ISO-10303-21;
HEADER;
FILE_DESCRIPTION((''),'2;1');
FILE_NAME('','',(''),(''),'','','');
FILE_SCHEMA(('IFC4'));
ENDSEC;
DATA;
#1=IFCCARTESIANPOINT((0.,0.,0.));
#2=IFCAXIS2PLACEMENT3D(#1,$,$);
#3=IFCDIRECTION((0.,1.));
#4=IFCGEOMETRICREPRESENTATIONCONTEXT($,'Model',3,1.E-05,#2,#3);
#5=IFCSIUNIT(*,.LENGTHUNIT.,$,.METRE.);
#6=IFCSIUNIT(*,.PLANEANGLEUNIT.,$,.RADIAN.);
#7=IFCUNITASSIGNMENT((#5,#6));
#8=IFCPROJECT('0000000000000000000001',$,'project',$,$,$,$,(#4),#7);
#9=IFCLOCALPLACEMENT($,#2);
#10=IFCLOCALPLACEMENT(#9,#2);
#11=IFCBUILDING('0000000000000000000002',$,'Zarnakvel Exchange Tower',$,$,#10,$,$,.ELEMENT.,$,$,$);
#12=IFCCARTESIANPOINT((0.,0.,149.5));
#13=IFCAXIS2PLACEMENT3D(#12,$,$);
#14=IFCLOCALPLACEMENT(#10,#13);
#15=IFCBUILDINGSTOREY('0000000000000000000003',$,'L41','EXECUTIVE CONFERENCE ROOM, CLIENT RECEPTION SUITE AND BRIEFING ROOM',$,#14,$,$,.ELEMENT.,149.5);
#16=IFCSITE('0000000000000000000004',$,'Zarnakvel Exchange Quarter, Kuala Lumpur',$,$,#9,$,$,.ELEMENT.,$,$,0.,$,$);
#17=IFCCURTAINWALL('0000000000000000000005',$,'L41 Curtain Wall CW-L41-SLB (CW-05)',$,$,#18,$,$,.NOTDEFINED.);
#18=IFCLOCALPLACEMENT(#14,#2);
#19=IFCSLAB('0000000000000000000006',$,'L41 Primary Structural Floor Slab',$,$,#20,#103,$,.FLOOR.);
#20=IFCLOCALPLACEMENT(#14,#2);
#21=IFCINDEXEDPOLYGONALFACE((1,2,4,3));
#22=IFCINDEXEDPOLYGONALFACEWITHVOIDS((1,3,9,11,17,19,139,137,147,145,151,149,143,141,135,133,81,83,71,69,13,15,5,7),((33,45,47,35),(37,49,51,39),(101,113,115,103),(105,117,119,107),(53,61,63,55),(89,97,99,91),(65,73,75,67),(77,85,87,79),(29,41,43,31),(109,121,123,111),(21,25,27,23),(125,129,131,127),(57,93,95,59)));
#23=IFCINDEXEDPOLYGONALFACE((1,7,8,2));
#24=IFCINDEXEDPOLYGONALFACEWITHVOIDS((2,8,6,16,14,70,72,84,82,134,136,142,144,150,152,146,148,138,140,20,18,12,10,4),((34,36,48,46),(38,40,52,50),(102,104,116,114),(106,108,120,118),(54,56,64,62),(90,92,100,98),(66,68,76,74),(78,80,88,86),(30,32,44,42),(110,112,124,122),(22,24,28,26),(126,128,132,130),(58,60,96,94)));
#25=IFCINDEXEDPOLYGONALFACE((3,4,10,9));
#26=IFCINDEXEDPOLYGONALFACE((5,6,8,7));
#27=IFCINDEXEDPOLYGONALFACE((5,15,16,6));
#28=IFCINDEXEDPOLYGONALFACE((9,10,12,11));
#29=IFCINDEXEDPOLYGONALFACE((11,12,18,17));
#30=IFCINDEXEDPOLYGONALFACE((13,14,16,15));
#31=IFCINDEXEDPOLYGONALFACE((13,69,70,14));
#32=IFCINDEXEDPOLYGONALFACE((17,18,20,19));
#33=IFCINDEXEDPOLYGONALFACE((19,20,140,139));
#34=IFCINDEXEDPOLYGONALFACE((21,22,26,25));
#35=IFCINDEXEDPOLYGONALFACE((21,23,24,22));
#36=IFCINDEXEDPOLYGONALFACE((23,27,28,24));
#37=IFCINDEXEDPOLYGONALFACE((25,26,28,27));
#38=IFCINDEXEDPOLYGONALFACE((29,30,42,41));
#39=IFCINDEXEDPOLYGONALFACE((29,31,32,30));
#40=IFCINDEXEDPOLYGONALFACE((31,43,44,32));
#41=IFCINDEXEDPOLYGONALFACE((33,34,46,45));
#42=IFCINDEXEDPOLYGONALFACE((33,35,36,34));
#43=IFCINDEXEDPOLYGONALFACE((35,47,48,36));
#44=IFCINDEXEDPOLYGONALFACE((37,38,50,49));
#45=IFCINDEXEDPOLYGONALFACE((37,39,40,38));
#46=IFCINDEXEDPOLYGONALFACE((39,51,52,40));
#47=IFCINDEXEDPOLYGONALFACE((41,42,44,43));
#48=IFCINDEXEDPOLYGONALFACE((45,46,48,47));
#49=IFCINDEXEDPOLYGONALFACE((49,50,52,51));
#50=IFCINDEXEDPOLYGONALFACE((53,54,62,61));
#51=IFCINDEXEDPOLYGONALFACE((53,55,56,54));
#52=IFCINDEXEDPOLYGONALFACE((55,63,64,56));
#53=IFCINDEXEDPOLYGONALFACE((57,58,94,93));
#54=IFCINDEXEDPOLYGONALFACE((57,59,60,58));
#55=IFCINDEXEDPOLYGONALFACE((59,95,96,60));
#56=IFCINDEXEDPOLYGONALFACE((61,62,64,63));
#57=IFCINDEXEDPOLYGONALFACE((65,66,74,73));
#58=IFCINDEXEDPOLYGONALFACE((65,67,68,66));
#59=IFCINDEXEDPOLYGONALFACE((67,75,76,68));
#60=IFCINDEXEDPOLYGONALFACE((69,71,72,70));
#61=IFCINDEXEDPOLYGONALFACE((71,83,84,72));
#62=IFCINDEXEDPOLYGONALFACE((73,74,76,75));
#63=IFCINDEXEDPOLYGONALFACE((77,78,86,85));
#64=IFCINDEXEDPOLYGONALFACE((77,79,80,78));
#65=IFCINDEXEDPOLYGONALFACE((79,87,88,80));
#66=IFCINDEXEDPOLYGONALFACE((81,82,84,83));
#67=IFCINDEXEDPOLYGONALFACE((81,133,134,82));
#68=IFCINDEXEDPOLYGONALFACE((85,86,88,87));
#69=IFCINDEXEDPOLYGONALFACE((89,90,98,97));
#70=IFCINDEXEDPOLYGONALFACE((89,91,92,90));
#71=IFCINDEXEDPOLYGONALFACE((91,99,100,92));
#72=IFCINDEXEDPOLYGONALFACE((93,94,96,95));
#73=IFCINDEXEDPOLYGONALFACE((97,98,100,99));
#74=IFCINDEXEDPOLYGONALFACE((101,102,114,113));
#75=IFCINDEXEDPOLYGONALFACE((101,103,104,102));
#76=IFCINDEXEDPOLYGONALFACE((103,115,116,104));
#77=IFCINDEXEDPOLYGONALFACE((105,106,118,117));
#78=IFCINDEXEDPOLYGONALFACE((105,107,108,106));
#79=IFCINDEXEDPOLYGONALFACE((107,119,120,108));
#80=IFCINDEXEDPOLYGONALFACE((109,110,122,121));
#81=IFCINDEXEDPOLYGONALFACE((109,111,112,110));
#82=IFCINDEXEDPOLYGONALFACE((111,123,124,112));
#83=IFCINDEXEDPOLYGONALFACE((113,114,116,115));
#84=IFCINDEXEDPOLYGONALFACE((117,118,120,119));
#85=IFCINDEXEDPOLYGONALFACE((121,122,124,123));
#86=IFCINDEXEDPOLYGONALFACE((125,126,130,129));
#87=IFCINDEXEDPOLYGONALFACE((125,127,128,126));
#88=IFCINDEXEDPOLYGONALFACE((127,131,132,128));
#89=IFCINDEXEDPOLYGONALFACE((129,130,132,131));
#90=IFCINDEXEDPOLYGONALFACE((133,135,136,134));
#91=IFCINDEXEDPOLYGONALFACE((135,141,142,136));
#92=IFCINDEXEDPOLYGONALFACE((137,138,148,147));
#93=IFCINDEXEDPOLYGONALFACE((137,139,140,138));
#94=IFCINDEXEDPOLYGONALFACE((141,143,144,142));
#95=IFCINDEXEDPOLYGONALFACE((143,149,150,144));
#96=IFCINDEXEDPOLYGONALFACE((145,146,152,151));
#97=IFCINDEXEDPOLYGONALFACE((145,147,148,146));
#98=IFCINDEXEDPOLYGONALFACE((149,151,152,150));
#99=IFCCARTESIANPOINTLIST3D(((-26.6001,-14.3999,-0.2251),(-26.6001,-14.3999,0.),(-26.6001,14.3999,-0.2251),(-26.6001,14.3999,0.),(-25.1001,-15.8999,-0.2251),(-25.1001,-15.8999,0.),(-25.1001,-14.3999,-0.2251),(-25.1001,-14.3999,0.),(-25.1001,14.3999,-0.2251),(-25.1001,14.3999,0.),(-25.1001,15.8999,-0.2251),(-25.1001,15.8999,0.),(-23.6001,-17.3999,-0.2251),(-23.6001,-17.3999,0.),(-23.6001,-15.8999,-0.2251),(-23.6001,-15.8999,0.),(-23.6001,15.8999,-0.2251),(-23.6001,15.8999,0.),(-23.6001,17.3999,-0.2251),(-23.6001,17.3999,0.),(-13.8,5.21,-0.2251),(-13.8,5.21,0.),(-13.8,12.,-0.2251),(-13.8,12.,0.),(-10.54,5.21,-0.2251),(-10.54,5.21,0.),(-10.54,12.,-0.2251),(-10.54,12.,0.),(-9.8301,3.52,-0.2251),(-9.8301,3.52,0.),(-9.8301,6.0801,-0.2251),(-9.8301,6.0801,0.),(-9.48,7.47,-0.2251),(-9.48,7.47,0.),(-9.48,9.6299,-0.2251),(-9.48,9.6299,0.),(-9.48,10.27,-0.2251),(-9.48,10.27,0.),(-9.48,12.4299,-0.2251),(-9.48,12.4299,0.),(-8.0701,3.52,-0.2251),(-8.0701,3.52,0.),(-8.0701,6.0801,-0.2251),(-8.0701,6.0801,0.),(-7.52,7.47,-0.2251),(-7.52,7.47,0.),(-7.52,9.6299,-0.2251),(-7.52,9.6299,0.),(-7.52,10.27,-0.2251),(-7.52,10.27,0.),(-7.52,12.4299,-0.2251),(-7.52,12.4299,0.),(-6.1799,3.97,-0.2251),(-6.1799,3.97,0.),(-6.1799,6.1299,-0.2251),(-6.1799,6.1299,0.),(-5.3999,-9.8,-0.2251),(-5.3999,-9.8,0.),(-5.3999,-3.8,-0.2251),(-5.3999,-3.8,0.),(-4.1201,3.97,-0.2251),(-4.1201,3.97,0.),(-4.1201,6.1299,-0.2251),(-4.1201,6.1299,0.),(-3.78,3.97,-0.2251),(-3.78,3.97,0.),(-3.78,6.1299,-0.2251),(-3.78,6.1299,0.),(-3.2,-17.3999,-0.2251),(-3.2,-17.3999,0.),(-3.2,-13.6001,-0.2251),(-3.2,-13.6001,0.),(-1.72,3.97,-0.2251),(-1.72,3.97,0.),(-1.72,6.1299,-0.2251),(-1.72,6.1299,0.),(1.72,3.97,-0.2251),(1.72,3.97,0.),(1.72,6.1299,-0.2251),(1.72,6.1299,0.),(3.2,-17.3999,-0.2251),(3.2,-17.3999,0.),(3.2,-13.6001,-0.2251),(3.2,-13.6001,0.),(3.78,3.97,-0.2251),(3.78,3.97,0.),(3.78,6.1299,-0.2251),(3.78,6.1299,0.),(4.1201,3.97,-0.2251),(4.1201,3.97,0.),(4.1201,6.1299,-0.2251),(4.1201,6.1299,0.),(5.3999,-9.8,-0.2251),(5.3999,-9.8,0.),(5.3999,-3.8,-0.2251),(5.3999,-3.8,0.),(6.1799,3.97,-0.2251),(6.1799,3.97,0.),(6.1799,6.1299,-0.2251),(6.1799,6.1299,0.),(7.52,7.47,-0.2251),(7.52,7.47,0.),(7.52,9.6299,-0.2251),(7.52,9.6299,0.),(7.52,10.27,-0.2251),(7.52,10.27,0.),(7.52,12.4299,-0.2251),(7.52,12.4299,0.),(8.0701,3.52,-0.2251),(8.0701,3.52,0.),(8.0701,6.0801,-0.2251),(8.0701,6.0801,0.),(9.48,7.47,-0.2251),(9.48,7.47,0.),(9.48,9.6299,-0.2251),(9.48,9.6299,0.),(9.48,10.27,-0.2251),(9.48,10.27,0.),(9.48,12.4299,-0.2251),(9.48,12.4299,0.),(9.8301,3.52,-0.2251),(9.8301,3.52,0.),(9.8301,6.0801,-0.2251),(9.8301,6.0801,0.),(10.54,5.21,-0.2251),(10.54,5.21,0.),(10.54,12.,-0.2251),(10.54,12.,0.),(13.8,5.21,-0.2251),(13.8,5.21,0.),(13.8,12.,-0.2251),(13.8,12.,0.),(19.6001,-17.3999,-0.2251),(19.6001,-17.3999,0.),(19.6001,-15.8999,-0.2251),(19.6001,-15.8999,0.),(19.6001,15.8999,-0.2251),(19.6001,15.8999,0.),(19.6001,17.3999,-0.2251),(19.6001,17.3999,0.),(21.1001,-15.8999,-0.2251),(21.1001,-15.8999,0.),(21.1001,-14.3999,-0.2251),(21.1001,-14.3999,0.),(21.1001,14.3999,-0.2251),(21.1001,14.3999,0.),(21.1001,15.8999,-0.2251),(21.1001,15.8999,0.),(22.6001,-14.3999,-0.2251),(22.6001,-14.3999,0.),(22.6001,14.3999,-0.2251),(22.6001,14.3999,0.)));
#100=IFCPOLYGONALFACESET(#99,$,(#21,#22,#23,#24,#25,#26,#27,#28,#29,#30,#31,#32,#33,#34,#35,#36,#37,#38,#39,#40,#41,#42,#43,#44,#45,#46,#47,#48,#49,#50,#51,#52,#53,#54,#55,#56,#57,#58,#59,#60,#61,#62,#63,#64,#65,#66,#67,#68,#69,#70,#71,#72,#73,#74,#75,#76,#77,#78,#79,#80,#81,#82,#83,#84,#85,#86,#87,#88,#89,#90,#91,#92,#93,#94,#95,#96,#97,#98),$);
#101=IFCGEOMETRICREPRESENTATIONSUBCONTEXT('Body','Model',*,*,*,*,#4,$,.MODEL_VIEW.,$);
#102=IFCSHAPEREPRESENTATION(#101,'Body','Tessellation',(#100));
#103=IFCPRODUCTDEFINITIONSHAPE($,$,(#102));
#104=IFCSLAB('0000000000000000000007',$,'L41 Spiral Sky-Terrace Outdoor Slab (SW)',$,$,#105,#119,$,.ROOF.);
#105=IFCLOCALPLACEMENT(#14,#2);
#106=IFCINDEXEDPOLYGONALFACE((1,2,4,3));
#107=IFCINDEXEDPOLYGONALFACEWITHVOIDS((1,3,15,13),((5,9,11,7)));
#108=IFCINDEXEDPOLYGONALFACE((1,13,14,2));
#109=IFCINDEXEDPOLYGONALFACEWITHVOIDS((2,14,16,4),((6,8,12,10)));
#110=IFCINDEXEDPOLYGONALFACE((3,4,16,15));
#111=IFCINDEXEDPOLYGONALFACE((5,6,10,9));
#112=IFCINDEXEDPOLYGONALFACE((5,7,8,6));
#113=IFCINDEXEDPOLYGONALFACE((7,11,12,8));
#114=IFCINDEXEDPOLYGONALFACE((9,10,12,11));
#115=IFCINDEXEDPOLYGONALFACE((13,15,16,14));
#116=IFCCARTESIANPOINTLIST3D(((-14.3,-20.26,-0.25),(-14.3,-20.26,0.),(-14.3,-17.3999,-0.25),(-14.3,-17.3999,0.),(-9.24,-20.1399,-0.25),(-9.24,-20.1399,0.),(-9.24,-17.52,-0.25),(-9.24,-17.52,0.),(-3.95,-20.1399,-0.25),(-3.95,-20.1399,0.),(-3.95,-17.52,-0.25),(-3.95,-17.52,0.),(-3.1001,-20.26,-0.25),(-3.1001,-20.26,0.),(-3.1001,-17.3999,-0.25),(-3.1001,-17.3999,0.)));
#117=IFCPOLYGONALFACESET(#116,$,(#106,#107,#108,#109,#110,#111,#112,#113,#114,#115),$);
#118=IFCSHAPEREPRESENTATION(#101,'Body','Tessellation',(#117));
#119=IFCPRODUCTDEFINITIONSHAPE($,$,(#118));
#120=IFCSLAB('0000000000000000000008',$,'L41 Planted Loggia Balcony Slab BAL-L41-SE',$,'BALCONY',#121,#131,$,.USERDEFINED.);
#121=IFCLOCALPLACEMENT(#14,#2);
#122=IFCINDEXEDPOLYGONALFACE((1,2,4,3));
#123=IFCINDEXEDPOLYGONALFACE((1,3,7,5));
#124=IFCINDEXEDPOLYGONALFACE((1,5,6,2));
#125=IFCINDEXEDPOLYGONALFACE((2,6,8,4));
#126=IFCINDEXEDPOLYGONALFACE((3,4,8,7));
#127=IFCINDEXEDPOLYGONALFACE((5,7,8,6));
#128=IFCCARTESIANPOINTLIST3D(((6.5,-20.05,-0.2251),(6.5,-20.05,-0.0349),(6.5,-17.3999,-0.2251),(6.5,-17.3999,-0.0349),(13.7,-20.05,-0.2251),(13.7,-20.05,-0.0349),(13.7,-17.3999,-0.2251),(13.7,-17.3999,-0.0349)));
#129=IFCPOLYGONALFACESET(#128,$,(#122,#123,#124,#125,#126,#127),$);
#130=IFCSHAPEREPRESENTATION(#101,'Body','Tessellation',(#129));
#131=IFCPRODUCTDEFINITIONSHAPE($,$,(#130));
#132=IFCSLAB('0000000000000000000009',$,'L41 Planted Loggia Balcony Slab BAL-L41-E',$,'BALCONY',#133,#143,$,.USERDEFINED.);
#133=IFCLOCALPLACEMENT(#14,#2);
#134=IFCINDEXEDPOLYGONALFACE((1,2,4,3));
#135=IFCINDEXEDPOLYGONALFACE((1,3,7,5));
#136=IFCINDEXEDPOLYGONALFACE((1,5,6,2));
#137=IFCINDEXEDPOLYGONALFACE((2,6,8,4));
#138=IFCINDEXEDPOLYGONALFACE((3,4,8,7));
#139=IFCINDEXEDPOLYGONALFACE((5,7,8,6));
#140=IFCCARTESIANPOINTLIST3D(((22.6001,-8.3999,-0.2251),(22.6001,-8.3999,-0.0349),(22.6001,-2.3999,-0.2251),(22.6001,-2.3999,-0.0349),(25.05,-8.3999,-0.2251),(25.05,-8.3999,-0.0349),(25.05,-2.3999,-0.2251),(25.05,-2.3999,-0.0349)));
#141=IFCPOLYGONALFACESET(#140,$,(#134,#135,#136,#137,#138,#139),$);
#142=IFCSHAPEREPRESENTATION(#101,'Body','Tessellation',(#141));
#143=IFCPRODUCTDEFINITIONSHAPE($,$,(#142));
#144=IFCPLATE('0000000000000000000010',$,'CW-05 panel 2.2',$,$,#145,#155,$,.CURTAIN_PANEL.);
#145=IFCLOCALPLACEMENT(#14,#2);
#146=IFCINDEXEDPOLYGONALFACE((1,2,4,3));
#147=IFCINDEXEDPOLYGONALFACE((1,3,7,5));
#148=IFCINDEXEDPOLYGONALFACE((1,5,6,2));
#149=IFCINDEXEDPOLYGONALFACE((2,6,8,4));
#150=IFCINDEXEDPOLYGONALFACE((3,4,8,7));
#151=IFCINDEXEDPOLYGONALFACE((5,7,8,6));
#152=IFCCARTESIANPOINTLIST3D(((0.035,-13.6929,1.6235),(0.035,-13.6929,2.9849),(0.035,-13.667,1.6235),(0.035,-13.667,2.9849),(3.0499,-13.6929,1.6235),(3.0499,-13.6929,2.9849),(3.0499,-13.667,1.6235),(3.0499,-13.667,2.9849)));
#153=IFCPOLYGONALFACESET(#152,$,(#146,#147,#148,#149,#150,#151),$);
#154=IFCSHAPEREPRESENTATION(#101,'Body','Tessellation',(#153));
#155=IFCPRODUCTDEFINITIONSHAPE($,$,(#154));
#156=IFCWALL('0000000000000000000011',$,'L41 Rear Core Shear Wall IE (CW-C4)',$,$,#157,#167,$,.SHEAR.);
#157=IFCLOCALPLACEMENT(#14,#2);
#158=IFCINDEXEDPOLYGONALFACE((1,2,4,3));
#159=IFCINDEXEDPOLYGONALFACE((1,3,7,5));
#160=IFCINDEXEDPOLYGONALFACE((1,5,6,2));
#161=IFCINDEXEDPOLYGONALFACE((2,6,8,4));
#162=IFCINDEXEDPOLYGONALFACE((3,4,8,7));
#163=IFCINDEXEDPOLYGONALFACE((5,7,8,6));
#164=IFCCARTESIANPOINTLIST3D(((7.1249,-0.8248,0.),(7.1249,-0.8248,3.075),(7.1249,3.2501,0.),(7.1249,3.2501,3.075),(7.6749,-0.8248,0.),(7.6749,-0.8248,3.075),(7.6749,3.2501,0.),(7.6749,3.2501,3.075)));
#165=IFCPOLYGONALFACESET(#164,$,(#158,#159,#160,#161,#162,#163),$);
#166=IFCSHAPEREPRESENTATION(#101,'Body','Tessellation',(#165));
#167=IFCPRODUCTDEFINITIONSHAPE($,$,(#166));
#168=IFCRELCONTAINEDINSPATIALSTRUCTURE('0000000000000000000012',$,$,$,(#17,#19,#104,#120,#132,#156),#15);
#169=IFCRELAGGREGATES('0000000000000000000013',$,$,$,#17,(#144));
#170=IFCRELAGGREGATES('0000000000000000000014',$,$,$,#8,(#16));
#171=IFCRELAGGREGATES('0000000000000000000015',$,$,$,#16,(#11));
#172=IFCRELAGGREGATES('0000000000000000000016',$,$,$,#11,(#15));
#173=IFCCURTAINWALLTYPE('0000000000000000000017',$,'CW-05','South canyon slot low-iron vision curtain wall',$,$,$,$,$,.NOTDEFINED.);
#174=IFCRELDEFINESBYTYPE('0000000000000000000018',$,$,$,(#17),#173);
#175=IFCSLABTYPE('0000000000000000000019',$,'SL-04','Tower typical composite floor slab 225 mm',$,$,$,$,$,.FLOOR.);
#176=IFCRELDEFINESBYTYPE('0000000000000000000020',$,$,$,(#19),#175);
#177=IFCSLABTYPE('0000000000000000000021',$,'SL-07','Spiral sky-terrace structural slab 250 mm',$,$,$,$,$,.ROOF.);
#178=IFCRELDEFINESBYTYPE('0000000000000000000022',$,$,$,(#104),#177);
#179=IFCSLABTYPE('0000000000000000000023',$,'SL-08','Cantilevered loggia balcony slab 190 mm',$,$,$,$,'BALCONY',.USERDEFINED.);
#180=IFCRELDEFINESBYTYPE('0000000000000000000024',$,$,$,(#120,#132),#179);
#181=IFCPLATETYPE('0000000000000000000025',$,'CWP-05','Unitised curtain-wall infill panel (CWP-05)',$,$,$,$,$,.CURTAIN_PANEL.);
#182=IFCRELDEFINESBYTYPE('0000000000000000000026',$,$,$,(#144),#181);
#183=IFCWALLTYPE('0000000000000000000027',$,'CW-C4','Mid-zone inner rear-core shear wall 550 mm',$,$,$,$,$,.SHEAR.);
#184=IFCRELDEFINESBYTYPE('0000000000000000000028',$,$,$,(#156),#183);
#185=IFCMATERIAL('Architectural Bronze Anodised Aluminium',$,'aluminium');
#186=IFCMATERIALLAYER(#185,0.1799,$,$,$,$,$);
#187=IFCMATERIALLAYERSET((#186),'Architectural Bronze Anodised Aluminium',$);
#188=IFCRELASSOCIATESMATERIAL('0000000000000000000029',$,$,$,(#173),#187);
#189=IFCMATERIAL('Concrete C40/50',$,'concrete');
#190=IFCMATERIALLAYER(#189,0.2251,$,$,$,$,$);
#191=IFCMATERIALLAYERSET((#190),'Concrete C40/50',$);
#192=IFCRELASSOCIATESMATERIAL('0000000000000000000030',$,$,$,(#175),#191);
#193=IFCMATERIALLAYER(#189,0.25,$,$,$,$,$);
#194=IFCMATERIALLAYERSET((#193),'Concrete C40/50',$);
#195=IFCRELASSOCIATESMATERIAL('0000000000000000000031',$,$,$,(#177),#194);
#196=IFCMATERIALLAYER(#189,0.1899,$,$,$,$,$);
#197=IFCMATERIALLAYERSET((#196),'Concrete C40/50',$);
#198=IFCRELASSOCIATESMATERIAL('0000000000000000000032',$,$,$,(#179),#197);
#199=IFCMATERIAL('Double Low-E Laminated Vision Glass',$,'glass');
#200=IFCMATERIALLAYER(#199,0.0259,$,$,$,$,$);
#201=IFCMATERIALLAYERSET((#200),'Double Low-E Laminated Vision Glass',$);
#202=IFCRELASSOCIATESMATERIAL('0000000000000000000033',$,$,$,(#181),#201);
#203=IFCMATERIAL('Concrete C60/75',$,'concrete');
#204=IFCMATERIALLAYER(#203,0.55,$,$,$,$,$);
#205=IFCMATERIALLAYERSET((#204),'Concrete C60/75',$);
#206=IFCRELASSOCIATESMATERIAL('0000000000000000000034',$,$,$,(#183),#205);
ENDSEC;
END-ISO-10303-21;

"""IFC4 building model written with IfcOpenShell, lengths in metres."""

from ifc_helpers import new_model, si_unit, direction, frame, frame_2d, origin, origin_2d, place, context, subcontext, project, spatial, polyline, rectangle, outline, extrude, source, transform, mapped, material, layer, layer_set, type_object, element, aggregate, save


model = new_model("IFC4")

# Units and contexts
model_context = context("Model", 3, precision=1e-05, world=origin(), true_north=direction((0.0, 1.0)))
body_context = subcontext(model_context, "Body", "Model", "MODEL_VIEW")
ifc_project = project(units=[si_unit("LENGTHUNIT", "METRE"), si_unit("PLANEANGLEUNIT", "RADIAN")], contexts=[model_context])

# Site, building, storey
site_placement = place(None, origin())
site = spatial("IfcSite", under=ifc_project, at=site_placement, Name="Zarnakvel Exchange Quarter, Kuala Lumpur", CompositionType="ELEMENT", RefElevation=0.0)
building_placement = place(site_placement, origin())
building = spatial("IfcBuilding", under=site, at=building_placement, Name="Zarnakvel Exchange Tower", CompositionType="ELEMENT")
storey_placement = place(building_placement, frame((0.0, 0.0, 149.5)))
storey = spatial("IfcBuildingStorey", under=building, at=storey_placement, Name="L41", Description="EXECUTIVE CONFERENCE ROOM, CLIENT RECEPTION SUITE AND BRIEFING ROOM", CompositionType="ELEMENT", Elevation=149.5)

# Shared definitions
ifc_material_1 = material(Name="Concrete C60/75", Category="concrete")

# Curtain wall
ifc_material_2 = material(Name="Architectural Bronze Anodised Aluminium", Category="aluminium")
ifc_layer_1 = layer(ifc_material_2, 0.1799)
ifc_layer_set_1 = layer_set([ifc_layer_1], Name="Architectural Bronze Anodised Aluminium")
curtain_wall_type = type_object("IfcCurtainWallType", Name="CW-05", Description="South canyon slot low-iron vision curtain wall", PredefinedType="NOTDEFINED", material=ifc_layer_set_1)
curtain_wall_placement = place(storey_placement, origin())
curtain_wall = element("IfcCurtainWall", 1, at=curtain_wall_placement, inside=storey, type_object=curtain_wall_type, Name="L41 Curtain Wall CW-L41-SLB (CW-05)", PredefinedType="NOTDEFINED")

# Shared definitions
ifc_material_3 = material(Name="Concrete C40/50", Category="concrete")

# Slabs
ifc_layer_2 = layer(ifc_material_3, 0.2251)
ifc_layer_set_2 = layer_set([ifc_layer_2], Name="Concrete C40/50")
slab_type_1 = type_object("IfcSlabType", Name="SL-04", Description="Tower typical composite floor slab 225 mm", PredefinedType="FLOOR", material=ifc_layer_set_2)
slab_1_placement = place(storey_placement, frame((0.0, 0.0, -0.2251)))
element("IfcSlab", 2, at=slab_1_placement, inside=storey, type_object=slab_type_1, Name="L41 Primary Structural Floor Slab", PredefinedType="FLOOR", context=body_context, shape_type="SweptSolid", body=[
    extrude(outline(polyline([(-26.6001, -14.3999), (-25.1001, -14.3999), (-25.1001, -15.8999), (-23.6001, -15.8999), (-23.6001, -17.3999), (-3.2, -17.3999), (-3.2, -13.6001), (3.2, -13.6001), (3.2, -17.3999), (19.6001, -17.3999), (19.6001, -15.8999), (21.1001, -15.8999), (21.1001, -14.3999), (22.6001, -14.3999), (22.6001, 14.3999), (21.1001, 14.3999), (21.1001, 15.8999), (19.6001, 15.8999), (19.6001, 17.3999), (-23.6001, 17.3999), (-23.6001, 15.8999), (-25.1001, 15.8999), (-25.1001, 14.3999), (-26.6001, 14.3999), (-26.6001, -14.3999)]), holes=[polyline([(-5.3999, -9.8), (5.3999, -9.8), (5.3999, -3.8), (-5.3999, -3.8), (-5.3999, -9.8)]), polyline([(-13.8, 5.21), (-10.54, 5.21), (-10.54, 12.0), (-13.8, 12.0), (-13.8, 5.21)]), polyline([(10.54, 5.21), (13.8, 5.21), (13.8, 12.0), (10.54, 12.0), (10.54, 5.21)]), polyline([(-9.8301, 3.52), (-8.0701, 3.52), (-8.0701, 6.0801), (-9.8301, 6.0801), (-9.8301, 3.52)]), polyline([(8.0701, 3.52), (9.8301, 3.52), (9.8301, 6.0801), (8.0701, 6.0801), (8.0701, 3.52)]), polyline([(-6.1799, 3.97), (-4.1201, 3.97), (-4.1201, 6.1299), (-6.1799, 6.1299), (-6.1799, 3.97)]), polyline([(-3.78, 3.97), (-1.72, 3.97), (-1.72, 6.1299), (-3.78, 6.1299), (-3.78, 3.97)]), polyline([(1.72, 3.97), (3.78, 3.97), (3.78, 6.1299), (1.72, 6.1299), (1.72, 3.97)]), polyline([(4.1201, 3.97), (6.1799, 3.97), (6.1799, 6.1299), (4.1201, 6.1299), (4.1201, 3.97)]), polyline([(-9.48, 7.47), (-7.52, 7.47), (-7.52, 9.6299), (-9.48, 9.6299), (-9.48, 7.47)]), polyline([(-9.48, 10.27), (-7.52, 10.27), (-7.52, 12.4299), (-9.48, 12.4299), (-9.48, 10.27)]), polyline([(7.52, 7.47), (9.48, 7.47), (9.48, 9.6299), (7.52, 9.6299), (7.52, 7.47)]), polyline([(7.52, 10.27), (9.48, 10.27), (9.48, 12.4299), (7.52, 12.4299), (7.52, 10.27)])]), origin(), (0.0, 0.0, 1.0), 0.2251),
])
ifc_layer_3 = layer(ifc_material_3, 0.25)
ifc_layer_set_3 = layer_set([ifc_layer_3], Name="Concrete C40/50")
slab_type_2 = type_object("IfcSlabType", Name="SL-07", Description="Spiral sky-terrace structural slab 250 mm", PredefinedType="ROOF", material=ifc_layer_set_3)
slab_2_placement = place(storey_placement, frame((0.0, 0.0, -0.25)))
element("IfcSlab", 3, at=slab_2_placement, inside=storey, type_object=slab_type_2, Name="L41 Spiral Sky-Terrace Outdoor Slab (SW)", PredefinedType="ROOF", context=body_context, shape_type="SweptSolid", body=[
    extrude(outline(polyline([(-14.3, -20.26), (-3.1001, -20.26), (-3.1001, -17.3999), (-14.3, -17.3999), (-14.3, -20.26)]), holes=[polyline([(-9.24, -20.1399), (-3.95, -20.1399), (-3.95, -17.52), (-9.24, -17.52), (-9.24, -20.1399)])]), origin(), (0.0, 0.0, 1.0), 0.25),
])
ifc_layer_4 = layer(ifc_material_3, 0.1899)
ifc_layer_set_4 = layer_set([ifc_layer_4], Name="Concrete C40/50")
slab_type_3 = type_object("IfcSlabType", Name="SL-08", Description="Cantilevered loggia balcony slab 190 mm", ElementType="BALCONY", PredefinedType="USERDEFINED", material=ifc_layer_set_4)
slab_3_placement = place(storey_placement, frame((0.0, 0.0, -0.2251)))
element("IfcSlab", 4, at=slab_3_placement, inside=storey, type_object=slab_type_3, Name="L41 Planted Loggia Balcony Slab BAL-L41-SE", ObjectType="BALCONY", PredefinedType="USERDEFINED", context=body_context, shape_type="SweptSolid", body=[
    extrude(outline(polyline([(6.5, -20.05), (13.7, -20.05), (13.7, -17.3999), (6.5, -17.3999), (6.5, -20.05)])), origin(), (0.0, 0.0, 1.0), 0.1902),
])
slab_4_placement = place(storey_placement, frame((0.0, 0.0, -0.2251)))
element("IfcSlab", 5, at=slab_4_placement, inside=storey, type_object=slab_type_3, Name="L41 Planted Loggia Balcony Slab BAL-L41-E", ObjectType="BALCONY", PredefinedType="USERDEFINED", context=body_context, shape_type="SweptSolid", body=[
    extrude(outline(polyline([(22.6001, -8.3999), (25.05, -8.3999), (25.05, -2.3999), (22.6001, -2.3999), (22.6001, -8.3999)])), origin(), (0.0, 0.0, 1.0), 0.1902),
])

# Plate
ifc_material_4 = material(Name="Double Low-E Laminated Vision Glass", Category="glass")
ifc_layer_5 = layer(ifc_material_4, 0.0259)
ifc_layer_set_5 = layer_set([ifc_layer_5], Name="Double Low-E Laminated Vision Glass")
plate_type = type_object("IfcPlateType", Name="CWP-05", Description="Unitised curtain-wall infill panel (CWP-05)", PredefinedType="CURTAIN_PANEL", material=ifc_layer_set_5)
shared_shape_1 = source(origin(), body_context, "Body", "SweptSolid", [
    extrude(rectangle(XDim=3.0149, YDim=0.0259, at=origin_2d()), origin(), (0.0, 0.0, 1.0), 1.3613),
])
plate_placement = place(storey_placement, frame((1.5425, -13.6799, 1.6235), z_axis=(0.0, 0.0, 1.0), x_axis=(1.0, 0.0, 0.0)))
plate = element("IfcPlate", 6, at=plate_placement, type_object=plate_type, Name="CW-05 panel 2.2", PredefinedType="CURTAIN_PANEL", context=body_context, shape_type="MappedRepresentation", body=[
    mapped(shared_shape_1, transform((0.0, 0.0, 0.0), x_axis=(1.0, 0.0, 0.0), y_axis=(0.0, 1.0, 0.0), z_axis=(0.0, 0.0, 1.0), scale=1.0)),
])
aggregate(curtain_wall, [plate])

# Wall
ifc_layer_6 = layer(ifc_material_1, 0.55)
ifc_layer_set_6 = layer_set([ifc_layer_6], Name="Concrete C60/75")
wall_type_1 = type_object("IfcWallType", Name="CW-C4", Description="Mid-zone inner rear-core shear wall 550 mm", PredefinedType="SHEAR", material=ifc_layer_set_6)
wall_1_placement = place(storey_placement, frame((7.3999, -0.825, 0.0), z_axis=(0.0, 0.0, 1.0), x_axis=(0.0, 1.0, 0.0)))
element("IfcWall", 7, at=wall_1_placement, inside=storey, type_object=wall_type_1, Name="L41 Rear Core Shear Wall IE (CW-C4)", PredefinedType="SHEAR", context=body_context, shape_type="SweptSolid", body=[
    extrude(rectangle(XDim=4.075, YDim=0.55, at=frame_2d((2.0376, 0.0))), origin(), (0.0, 0.0, 1.0), 3.075),
])

save(model, "model.ifc")
